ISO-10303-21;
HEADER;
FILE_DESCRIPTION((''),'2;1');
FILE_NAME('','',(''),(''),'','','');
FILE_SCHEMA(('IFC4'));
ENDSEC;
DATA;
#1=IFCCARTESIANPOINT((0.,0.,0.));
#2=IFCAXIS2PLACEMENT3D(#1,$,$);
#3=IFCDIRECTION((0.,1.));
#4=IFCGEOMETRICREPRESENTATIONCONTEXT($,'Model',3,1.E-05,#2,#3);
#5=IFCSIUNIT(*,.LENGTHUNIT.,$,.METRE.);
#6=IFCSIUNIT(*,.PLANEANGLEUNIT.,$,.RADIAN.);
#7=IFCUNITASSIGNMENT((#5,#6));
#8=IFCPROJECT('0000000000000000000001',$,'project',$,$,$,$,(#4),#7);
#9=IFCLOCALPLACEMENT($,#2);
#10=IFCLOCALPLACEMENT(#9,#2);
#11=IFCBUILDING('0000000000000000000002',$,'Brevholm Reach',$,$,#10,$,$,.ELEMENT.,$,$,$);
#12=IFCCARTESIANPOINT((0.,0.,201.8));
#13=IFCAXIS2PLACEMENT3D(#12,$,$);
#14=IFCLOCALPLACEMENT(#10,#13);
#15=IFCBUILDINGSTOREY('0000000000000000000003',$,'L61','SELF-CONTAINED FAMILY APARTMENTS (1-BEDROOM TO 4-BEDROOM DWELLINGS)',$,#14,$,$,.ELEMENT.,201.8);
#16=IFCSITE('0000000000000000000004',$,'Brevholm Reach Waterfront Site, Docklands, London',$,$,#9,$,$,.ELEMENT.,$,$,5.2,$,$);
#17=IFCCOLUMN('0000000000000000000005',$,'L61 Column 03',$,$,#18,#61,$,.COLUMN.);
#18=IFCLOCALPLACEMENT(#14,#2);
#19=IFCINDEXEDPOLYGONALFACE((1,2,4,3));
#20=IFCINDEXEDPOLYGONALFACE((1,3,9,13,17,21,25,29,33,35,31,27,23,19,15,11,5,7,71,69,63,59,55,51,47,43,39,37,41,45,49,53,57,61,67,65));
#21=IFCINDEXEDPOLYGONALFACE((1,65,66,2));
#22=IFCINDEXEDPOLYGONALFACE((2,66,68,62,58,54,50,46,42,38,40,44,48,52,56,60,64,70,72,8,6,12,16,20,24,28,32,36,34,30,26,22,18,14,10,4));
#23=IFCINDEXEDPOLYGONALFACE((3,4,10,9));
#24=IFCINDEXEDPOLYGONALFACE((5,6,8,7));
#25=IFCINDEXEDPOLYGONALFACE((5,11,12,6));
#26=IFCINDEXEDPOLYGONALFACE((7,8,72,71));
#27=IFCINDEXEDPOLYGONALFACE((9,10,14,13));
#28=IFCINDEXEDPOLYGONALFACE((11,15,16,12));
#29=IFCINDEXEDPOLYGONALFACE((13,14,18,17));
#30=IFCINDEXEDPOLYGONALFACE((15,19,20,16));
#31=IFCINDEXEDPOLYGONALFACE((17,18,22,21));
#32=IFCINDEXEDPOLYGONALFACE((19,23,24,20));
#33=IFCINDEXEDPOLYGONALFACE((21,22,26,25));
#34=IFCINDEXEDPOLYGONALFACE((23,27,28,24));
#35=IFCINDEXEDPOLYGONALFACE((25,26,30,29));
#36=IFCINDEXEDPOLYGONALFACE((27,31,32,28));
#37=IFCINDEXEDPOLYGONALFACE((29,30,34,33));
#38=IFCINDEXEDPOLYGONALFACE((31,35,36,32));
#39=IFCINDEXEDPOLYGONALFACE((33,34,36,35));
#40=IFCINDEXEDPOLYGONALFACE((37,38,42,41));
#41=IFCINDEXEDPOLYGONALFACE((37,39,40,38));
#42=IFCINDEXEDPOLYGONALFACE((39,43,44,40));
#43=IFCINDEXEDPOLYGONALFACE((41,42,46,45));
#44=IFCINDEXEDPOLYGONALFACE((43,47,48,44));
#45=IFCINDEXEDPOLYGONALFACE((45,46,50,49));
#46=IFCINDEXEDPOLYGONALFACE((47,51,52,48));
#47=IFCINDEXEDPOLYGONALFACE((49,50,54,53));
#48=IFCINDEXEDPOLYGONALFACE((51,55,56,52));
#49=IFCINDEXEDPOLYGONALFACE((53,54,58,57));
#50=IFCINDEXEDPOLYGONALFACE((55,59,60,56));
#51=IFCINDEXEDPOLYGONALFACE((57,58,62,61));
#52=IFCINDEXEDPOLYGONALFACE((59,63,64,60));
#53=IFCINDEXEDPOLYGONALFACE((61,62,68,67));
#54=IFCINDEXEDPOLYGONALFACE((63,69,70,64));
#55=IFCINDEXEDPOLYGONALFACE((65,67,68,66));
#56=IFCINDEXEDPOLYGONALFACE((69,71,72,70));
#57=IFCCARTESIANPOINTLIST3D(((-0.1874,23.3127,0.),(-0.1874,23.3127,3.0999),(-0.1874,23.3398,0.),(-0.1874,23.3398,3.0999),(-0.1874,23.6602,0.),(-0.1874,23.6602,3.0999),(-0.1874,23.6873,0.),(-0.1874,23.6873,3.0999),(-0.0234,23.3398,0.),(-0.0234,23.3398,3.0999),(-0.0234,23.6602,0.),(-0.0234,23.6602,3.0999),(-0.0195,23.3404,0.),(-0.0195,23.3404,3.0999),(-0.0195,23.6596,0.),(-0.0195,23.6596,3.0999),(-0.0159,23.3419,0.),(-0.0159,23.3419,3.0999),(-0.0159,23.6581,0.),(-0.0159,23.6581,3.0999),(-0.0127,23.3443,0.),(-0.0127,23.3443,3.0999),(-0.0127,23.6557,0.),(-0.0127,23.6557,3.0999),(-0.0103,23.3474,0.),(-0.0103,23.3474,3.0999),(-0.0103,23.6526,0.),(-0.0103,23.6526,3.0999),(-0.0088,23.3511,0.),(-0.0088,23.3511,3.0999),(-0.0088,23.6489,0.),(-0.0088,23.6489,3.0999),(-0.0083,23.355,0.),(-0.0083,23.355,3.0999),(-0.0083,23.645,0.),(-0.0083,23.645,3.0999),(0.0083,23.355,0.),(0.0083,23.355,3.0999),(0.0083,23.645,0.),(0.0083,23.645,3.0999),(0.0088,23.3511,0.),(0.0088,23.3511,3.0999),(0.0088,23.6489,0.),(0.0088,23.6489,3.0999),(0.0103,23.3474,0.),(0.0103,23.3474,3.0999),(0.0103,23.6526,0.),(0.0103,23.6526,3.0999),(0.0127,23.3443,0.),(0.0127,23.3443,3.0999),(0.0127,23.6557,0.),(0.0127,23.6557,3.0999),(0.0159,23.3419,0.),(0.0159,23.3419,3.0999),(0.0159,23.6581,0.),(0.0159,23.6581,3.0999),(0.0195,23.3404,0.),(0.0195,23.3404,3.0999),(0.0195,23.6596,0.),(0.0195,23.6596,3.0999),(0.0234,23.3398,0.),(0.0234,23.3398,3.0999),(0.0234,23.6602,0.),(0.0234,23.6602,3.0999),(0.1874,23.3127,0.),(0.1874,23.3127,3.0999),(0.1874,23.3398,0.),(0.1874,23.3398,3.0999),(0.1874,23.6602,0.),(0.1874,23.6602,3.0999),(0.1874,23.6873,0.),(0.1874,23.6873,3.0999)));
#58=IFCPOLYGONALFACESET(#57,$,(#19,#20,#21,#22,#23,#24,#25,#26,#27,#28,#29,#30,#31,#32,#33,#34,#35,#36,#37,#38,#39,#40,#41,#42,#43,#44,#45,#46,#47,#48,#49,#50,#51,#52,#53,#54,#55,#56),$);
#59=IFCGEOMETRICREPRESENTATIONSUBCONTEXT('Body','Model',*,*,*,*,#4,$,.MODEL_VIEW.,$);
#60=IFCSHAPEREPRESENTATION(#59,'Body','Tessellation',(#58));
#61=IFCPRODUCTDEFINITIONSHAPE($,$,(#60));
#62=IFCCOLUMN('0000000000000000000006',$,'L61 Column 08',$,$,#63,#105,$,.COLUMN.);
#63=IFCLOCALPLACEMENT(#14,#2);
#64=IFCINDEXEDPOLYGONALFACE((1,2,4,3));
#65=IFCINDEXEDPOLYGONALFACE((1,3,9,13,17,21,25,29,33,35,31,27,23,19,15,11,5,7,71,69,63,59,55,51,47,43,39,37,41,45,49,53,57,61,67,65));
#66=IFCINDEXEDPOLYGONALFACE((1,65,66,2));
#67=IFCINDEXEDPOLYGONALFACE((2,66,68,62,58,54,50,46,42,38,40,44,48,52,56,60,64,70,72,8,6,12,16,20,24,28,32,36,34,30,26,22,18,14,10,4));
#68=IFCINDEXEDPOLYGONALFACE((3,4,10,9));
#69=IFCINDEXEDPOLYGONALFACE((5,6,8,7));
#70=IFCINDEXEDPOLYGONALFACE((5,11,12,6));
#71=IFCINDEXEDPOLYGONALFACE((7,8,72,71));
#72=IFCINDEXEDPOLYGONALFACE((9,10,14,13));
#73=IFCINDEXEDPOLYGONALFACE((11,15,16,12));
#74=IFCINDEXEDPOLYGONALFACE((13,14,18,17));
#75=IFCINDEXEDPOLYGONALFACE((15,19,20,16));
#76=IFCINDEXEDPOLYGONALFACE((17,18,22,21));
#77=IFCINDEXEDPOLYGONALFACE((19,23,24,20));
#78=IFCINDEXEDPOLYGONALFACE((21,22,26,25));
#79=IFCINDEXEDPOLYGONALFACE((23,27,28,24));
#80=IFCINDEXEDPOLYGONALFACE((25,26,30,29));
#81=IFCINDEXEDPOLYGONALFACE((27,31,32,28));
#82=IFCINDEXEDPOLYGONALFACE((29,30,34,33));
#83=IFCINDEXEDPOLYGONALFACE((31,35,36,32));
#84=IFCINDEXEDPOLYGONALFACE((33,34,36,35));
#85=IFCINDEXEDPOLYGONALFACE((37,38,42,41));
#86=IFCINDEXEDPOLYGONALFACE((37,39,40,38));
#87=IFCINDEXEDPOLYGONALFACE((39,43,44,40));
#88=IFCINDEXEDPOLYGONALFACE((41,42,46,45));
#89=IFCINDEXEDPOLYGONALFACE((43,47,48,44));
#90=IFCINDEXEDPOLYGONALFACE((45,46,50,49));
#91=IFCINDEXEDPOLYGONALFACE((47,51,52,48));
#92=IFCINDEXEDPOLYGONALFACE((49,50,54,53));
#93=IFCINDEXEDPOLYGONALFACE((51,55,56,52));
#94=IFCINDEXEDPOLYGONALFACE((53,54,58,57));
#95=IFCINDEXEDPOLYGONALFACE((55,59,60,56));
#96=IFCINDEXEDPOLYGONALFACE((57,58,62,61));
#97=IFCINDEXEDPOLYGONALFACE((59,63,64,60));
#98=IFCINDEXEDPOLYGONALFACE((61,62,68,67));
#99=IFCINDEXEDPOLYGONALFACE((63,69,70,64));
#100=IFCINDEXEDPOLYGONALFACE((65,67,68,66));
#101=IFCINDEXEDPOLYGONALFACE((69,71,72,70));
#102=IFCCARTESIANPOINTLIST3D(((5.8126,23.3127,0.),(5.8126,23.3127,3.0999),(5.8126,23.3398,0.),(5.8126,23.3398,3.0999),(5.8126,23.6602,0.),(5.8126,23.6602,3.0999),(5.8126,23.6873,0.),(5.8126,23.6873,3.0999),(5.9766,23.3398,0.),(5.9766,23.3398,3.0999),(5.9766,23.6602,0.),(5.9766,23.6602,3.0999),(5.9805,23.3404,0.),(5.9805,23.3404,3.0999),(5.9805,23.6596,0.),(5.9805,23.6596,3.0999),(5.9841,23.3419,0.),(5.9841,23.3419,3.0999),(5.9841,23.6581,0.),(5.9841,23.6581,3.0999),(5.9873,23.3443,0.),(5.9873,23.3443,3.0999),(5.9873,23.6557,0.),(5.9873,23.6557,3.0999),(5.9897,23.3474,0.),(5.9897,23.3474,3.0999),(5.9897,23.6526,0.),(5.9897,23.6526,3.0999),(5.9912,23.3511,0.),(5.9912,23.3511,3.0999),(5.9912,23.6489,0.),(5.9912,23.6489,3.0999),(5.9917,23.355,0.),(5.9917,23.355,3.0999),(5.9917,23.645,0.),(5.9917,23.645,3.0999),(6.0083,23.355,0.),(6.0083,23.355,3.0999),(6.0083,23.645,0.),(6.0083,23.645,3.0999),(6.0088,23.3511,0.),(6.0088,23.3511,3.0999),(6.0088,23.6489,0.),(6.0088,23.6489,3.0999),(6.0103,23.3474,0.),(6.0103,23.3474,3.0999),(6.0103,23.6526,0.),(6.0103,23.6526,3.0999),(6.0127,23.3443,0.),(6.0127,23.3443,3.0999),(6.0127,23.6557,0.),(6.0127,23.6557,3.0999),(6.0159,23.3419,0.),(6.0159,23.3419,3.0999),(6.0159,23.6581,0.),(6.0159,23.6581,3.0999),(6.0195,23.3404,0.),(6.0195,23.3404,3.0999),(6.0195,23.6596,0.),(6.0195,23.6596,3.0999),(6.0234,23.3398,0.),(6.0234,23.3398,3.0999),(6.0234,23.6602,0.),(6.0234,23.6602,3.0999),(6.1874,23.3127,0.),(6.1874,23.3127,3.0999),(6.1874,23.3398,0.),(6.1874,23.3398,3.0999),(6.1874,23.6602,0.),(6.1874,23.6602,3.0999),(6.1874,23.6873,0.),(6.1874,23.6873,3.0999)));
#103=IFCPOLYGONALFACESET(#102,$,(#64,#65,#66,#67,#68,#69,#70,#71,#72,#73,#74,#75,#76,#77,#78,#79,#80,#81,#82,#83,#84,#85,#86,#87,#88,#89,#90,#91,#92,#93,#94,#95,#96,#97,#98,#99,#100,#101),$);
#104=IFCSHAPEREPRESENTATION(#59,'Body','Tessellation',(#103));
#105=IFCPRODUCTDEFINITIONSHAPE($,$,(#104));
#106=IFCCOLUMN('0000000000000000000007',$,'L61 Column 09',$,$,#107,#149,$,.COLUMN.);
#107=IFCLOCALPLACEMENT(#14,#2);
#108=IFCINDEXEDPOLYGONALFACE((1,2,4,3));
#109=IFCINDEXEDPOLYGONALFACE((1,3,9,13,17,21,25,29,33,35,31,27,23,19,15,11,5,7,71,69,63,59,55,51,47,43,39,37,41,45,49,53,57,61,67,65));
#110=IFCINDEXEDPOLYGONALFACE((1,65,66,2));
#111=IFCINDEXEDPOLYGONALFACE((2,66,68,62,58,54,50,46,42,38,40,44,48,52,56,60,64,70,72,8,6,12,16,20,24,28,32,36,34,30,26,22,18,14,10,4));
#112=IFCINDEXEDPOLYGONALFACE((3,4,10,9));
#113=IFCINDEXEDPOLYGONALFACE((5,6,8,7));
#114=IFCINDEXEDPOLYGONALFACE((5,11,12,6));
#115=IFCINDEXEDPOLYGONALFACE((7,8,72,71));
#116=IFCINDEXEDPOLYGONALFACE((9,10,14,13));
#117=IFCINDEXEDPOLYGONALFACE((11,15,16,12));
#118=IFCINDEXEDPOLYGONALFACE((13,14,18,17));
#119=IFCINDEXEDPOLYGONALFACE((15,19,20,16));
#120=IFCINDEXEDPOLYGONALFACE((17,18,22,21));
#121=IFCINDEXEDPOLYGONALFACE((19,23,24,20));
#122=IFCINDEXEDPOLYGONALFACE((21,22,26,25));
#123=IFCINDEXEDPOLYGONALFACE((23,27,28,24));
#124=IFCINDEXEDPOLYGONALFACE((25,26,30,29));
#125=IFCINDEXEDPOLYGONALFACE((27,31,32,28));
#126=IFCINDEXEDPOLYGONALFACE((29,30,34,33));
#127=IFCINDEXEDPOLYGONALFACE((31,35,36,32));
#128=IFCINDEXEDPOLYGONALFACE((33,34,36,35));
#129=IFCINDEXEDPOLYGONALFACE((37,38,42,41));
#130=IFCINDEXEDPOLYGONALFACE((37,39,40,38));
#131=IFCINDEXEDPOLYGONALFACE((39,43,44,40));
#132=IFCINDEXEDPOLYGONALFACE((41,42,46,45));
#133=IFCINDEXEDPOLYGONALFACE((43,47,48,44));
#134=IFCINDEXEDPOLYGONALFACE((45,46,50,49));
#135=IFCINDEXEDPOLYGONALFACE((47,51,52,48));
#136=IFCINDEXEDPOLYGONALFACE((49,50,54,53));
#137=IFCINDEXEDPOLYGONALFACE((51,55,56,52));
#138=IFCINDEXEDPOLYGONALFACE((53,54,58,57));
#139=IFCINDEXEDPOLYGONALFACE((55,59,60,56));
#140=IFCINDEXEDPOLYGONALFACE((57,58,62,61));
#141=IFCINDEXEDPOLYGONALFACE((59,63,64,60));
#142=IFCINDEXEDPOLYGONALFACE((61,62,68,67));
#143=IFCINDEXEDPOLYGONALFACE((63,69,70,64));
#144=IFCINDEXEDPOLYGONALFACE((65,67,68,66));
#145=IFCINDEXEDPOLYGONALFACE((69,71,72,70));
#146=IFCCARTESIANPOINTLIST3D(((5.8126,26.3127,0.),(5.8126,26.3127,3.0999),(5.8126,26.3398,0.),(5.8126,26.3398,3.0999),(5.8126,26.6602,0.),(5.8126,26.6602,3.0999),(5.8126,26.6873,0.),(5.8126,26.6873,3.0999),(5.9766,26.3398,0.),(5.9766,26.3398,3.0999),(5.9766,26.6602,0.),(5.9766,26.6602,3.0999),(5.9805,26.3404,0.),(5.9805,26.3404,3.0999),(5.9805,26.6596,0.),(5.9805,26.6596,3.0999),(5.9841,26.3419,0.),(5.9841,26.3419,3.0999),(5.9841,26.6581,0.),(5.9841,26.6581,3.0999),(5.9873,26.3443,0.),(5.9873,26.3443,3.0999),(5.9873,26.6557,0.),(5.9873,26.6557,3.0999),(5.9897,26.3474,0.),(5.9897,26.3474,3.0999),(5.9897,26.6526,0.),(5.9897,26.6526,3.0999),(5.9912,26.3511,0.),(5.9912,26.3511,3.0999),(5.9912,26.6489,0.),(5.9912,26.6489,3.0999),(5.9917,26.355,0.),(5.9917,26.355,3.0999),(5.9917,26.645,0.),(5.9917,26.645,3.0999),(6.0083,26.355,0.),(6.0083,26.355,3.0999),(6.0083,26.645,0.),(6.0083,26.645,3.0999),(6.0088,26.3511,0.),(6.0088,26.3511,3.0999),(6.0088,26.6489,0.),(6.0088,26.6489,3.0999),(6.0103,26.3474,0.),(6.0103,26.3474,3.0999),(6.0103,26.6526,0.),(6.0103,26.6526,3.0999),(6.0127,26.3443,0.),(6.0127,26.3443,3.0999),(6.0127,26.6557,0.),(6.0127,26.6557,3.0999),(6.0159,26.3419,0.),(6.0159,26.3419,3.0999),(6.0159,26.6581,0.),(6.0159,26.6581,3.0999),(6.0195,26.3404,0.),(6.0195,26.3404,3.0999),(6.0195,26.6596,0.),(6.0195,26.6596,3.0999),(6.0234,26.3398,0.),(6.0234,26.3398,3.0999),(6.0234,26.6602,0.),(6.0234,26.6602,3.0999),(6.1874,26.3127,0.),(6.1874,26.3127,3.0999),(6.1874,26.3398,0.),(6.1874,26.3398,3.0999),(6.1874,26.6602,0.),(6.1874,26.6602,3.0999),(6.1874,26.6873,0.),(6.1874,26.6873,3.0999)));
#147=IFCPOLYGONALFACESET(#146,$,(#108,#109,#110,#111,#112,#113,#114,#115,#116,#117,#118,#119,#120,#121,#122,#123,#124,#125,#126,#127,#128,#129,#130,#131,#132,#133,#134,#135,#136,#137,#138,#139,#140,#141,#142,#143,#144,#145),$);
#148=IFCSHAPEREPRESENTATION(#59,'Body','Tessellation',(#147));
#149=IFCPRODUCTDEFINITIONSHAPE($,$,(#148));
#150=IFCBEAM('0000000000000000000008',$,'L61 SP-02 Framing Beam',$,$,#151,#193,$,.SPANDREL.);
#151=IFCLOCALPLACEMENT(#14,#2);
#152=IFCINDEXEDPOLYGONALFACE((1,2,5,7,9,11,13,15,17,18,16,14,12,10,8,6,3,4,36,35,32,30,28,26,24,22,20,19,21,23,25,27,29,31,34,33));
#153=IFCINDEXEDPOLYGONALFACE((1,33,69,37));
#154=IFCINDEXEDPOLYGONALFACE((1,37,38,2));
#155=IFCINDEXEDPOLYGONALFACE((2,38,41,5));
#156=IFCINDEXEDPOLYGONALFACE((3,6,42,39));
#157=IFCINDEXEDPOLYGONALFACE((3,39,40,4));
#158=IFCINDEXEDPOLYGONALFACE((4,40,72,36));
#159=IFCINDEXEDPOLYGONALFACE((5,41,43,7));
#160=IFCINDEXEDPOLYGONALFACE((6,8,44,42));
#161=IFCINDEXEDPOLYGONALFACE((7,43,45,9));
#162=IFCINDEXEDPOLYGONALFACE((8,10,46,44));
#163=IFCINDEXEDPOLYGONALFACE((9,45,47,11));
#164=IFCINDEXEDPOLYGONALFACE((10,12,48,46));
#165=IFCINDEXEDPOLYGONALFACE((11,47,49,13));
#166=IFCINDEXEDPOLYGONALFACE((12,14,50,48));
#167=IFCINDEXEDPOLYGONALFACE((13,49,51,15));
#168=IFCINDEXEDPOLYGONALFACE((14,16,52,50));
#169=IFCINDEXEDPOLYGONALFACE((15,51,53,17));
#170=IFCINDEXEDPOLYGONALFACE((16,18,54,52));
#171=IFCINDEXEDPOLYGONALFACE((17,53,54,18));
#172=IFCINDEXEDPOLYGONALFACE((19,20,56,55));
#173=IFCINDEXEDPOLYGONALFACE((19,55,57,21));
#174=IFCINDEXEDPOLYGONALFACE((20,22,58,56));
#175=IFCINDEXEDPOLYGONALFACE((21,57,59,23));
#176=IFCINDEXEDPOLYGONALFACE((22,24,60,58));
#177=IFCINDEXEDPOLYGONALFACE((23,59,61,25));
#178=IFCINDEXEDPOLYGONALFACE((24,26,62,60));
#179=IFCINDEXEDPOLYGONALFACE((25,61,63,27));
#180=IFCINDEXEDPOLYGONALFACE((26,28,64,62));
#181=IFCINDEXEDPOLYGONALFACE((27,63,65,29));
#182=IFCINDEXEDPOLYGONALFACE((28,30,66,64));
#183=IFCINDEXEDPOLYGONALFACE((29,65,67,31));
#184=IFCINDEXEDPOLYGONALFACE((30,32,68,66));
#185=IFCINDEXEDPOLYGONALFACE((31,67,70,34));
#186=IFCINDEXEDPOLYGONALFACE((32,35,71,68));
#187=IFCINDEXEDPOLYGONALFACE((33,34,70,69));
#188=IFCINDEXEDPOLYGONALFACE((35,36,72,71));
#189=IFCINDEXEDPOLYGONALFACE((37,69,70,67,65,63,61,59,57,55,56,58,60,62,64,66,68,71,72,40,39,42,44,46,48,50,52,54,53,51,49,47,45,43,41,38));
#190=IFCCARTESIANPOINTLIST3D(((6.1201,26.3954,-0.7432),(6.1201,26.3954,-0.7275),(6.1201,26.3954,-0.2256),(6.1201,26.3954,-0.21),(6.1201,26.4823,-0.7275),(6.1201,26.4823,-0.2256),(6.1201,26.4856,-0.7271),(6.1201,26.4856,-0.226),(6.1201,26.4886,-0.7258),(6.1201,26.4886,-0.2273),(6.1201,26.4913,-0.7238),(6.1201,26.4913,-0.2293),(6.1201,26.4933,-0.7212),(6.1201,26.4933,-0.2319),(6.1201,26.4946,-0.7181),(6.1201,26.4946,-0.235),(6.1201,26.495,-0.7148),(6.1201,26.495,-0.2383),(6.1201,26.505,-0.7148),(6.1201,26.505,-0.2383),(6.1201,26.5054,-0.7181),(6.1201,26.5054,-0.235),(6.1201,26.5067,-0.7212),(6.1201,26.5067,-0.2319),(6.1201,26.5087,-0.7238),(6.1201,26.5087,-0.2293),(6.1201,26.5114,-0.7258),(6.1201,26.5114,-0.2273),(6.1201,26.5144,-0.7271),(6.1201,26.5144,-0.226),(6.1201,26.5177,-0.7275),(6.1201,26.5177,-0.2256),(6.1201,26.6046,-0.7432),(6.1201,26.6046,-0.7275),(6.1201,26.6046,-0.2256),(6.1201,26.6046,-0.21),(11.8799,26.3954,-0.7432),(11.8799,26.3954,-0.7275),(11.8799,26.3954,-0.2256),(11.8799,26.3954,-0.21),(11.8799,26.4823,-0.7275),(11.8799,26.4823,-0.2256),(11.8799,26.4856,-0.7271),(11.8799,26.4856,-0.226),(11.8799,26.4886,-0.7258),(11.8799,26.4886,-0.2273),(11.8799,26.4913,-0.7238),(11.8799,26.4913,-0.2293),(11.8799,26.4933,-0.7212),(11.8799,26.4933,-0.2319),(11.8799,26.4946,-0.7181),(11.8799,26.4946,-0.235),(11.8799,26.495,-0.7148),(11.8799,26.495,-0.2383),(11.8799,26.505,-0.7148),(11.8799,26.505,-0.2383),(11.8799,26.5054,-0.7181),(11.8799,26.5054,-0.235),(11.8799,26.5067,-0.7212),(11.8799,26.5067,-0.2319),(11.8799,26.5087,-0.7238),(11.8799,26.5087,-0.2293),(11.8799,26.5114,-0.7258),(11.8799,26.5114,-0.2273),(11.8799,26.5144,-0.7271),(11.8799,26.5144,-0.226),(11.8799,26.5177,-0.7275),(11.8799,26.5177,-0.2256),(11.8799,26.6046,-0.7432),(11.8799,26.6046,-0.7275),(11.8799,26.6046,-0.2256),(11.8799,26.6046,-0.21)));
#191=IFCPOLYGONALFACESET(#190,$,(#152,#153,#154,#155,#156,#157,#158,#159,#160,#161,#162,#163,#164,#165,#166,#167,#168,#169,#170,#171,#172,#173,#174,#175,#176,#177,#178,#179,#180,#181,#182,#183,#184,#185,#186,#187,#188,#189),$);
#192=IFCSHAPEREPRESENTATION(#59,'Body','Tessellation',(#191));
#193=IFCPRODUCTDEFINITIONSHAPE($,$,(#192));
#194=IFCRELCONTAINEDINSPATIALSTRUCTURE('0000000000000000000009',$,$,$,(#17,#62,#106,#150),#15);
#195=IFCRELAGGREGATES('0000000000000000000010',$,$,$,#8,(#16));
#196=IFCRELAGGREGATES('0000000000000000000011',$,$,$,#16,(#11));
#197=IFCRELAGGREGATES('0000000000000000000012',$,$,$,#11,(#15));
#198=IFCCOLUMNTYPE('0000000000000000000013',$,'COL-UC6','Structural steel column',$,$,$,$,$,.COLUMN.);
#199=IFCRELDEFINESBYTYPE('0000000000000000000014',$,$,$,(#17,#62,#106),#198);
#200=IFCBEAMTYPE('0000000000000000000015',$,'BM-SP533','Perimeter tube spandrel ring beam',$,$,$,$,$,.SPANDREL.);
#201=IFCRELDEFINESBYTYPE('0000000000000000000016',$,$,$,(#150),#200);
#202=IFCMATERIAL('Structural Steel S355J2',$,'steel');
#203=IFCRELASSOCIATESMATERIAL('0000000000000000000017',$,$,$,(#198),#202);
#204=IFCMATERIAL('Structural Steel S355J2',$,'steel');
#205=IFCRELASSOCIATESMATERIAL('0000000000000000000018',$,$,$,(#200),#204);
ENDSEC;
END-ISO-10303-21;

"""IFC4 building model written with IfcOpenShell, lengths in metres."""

from ifc_helpers import new_model, si_unit, direction, frame, origin, origin_2d, place, context, subcontext, project, spatial, i_section, extrude, material, material_profile, profile_set, type_object, element, save


model = new_model("IFC4")

# Units and contexts
model_context = context("Model", 3, precision=1e-05, world=origin(), true_north=direction((0.0, 1.0)))
body_context = subcontext(model_context, "Body", "Model", "MODEL_VIEW")
ifc_project = project(units=[si_unit("LENGTHUNIT", "METRE"), si_unit("PLANEANGLEUNIT", "RADIAN")], contexts=[model_context])

# Site, building, storey
site_placement = place(None, origin())
site = spatial("IfcSite", under=ifc_project, at=site_placement, Name="Brevholm Reach Waterfront Site, Docklands, London", CompositionType="ELEMENT", RefElevation=5.2)
building_placement = place(site_placement, origin())
building = spatial("IfcBuilding", under=site, at=building_placement, Name="Brevholm Reach", CompositionType="ELEMENT")
storey_placement = place(building_placement, frame((0.0, 0.0, 201.8)))
storey = spatial("IfcBuildingStorey", under=building, at=storey_placement, Name="L61", Description="SELF-CONTAINED FAMILY APARTMENTS (1-BEDROOM TO 4-BEDROOM DWELLINGS)", CompositionType="ELEMENT", Elevation=201.8)

# Columns
ifc_material_1 = material(Name="Structural Steel S355J2", Category="steel")
ifc_material_profile_1 = material_profile(ifc_material_1, i_section(OverallWidth=0.3748, OverallDepth=0.3745, WebThickness=0.0166, FlangeThickness=0.0271, FilletRadius=0.0151, at=origin_2d()), Name="UKC 356x368x202")
ifc_profile_set_1 = profile_set([ifc_material_profile_1], Name="Structural Steel S355J2")
column_type = type_object("IfcColumnType", Name="COL-UC6", Description="Structural steel column", PredefinedType="COLUMN", material=ifc_profile_set_1)
for number, where, z_axis, x_axis, name in (
    (1, (0.0, 23.5, 0.0), (0.0, 0.0, 1.0), (1.0, 0.0, 0.0), "L61 Column 03"),
    (2, (6.0, 23.5, 0.0), (0.0, 0.0, 1.0), (1.0, 0.0, 0.0), "L61 Column 08"),
    (3, (6.0, 26.5, 0.0), (0.0, 0.0, 1.0), (1.0, 0.0, 0.0), "L61 Column 09"),
):
    element("IfcColumn", number, at=place(storey_placement, frame(where, z_axis=z_axis, x_axis=x_axis)), inside=storey, type_object=column_type, Name=name, PredefinedType="COLUMN", context=body_context, shape_type="SweptSolid", body=[
        extrude(i_section(OverallWidth=0.3748, OverallDepth=0.3745, WebThickness=0.0166, FlangeThickness=0.0271, FilletRadius=0.0151, at=origin_2d()), origin(), (0.0, 0.0, 1.0), 3.0999),
    ])

# Beam
ifc_material_2 = material(Name="Structural Steel S355J2", Category="steel")
ifc_material_profile_2 = material_profile(ifc_material_2, i_section(OverallWidth=0.2092, OverallDepth=0.5332, WebThickness=0.01, FlangeThickness=0.0156, FilletRadius=0.0127, at=origin_2d()), Name="UKB 533x210x92")
ifc_profile_set_2 = profile_set([ifc_material_profile_2], Name="Structural Steel S355J2")
beam_type_1 = type_object("IfcBeamType", Name="BM-SP533", Description="Perimeter tube spandrel ring beam", PredefinedType="SPANDREL", material=ifc_profile_set_2)
beam_1_placement = place(storey_placement, frame((6.1201, 26.5, -0.4766), z_axis=(1.0, 0.0, 0.0), x_axis=(0.0, 1.0, 0.0)))
element("IfcBeam", 4, at=beam_1_placement, inside=storey, type_object=beam_type_1, Name="L61 SP-02 Framing Beam", PredefinedType="SPANDREL", context=body_context, shape_type="SweptSolid", body=[
    extrude(i_section(OverallWidth=0.2092, OverallDepth=0.5332, WebThickness=0.01, FlangeThickness=0.0156, FilletRadius=0.0127, at=origin_2d()), origin(), (0.0, 0.0, 1.0), 5.7598),
])

save(model, "model.ifc")
